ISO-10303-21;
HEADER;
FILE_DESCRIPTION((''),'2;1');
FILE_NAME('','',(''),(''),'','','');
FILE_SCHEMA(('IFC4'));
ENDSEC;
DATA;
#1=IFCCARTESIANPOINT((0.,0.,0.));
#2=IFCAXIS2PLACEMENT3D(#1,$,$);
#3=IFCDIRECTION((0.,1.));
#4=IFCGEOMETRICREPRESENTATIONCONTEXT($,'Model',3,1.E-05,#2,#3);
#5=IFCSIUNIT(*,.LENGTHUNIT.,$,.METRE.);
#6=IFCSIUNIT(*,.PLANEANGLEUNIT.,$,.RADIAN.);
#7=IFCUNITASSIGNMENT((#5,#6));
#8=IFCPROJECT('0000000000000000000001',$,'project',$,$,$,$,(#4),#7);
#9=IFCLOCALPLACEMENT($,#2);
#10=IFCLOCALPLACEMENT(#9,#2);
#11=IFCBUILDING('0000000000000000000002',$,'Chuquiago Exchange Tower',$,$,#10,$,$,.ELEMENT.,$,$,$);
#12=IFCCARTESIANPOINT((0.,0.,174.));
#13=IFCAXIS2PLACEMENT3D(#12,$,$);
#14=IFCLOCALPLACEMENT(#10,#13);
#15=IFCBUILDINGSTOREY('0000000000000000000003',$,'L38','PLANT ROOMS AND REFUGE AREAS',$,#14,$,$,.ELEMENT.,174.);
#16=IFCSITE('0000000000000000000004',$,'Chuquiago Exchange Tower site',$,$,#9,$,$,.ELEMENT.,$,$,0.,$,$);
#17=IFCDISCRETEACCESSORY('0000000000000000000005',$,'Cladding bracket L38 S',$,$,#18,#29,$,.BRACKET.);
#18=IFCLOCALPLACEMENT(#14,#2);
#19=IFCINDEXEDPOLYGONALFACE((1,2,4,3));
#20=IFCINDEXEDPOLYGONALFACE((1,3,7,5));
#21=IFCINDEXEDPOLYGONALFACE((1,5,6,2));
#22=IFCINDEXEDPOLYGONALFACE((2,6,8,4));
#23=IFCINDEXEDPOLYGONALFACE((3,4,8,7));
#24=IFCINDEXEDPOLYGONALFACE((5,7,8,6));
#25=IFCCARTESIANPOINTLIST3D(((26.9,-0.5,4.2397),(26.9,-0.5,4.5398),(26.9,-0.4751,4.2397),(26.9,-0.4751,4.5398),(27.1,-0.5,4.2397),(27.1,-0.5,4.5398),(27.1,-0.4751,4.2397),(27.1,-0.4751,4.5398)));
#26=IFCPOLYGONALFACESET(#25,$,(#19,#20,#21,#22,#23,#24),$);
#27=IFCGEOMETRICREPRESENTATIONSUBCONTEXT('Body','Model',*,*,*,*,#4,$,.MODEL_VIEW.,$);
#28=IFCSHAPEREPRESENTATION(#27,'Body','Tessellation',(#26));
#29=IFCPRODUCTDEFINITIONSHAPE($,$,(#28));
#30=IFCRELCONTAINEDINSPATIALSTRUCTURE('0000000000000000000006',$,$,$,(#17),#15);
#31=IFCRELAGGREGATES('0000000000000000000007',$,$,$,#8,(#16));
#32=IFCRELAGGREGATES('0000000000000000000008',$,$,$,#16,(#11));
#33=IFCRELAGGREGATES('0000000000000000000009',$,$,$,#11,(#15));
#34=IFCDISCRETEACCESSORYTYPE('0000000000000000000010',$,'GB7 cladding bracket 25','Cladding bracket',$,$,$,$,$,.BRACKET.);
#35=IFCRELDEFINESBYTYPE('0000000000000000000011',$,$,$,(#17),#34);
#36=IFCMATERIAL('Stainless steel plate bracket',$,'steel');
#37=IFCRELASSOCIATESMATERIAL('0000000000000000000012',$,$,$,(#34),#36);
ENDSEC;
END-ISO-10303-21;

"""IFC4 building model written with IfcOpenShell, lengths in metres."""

from ifc_helpers import new_model, si_unit, direction, frame, origin, origin_2d, place, context, subcontext, project, spatial, rectangle, extrude, material, type_object, element, save


model = new_model("IFC4")

# Units and contexts
model_context = context("Model", 3, precision=1e-05, world=origin(), true_north=direction((0.0, 1.0)))
body_context = subcontext(model_context, "Body", "Model", "MODEL_VIEW")
ifc_project = project(units=[si_unit("LENGTHUNIT", "METRE"), si_unit("PLANEANGLEUNIT", "RADIAN")], contexts=[model_context])

# Site, building, storey
site_placement = place(None, origin())
site = spatial("IfcSite", under=ifc_project, at=site_placement, Name="Chuquiago Exchange Tower site", CompositionType="ELEMENT", RefElevation=0.0)
building_placement = place(site_placement, origin())
building = spatial("IfcBuilding", under=site, at=building_placement, Name="Chuquiago Exchange Tower", CompositionType="ELEMENT")
storey_placement = place(building_placement, frame((0.0, 0.0, 174.0)))
storey = spatial("IfcBuildingStorey", under=building, at=storey_placement, Name="L38", Description="PLANT ROOMS AND REFUGE AREAS", CompositionType="ELEMENT", Elevation=174.0)

# Discrete accessory
ifc_material_1 = material(Name="Stainless steel plate bracket", Category="steel")
discrete_accessory_type_1 = type_object("IfcDiscreteAccessoryType", Name="GB7 cladding bracket 25", Description="Cladding bracket", PredefinedType="BRACKET", material=ifc_material_1)
for number, where, z_axis, x_axis, name in (
    (1, (27.0, -0.4875, 4.2397), (0.0, 0.0, 1.0), (1.0, 0.0, 0.0), "Cladding bracket L38 S"),
):
    element("IfcDiscreteAccessory", number, at=place(storey_placement, frame(where, z_axis=z_axis, x_axis=x_axis)), inside=storey, type_object=discrete_accessory_type_1, Name=name, PredefinedType="BRACKET", context=body_context, shape_type="SweptSolid", body=[
        extrude(rectangle(XDim=0.2, YDim=0.0249, at=origin_2d()), origin(), (0.0, 0.0, 1.0), 0.3),
    ])

save(model, "model.ifc")
